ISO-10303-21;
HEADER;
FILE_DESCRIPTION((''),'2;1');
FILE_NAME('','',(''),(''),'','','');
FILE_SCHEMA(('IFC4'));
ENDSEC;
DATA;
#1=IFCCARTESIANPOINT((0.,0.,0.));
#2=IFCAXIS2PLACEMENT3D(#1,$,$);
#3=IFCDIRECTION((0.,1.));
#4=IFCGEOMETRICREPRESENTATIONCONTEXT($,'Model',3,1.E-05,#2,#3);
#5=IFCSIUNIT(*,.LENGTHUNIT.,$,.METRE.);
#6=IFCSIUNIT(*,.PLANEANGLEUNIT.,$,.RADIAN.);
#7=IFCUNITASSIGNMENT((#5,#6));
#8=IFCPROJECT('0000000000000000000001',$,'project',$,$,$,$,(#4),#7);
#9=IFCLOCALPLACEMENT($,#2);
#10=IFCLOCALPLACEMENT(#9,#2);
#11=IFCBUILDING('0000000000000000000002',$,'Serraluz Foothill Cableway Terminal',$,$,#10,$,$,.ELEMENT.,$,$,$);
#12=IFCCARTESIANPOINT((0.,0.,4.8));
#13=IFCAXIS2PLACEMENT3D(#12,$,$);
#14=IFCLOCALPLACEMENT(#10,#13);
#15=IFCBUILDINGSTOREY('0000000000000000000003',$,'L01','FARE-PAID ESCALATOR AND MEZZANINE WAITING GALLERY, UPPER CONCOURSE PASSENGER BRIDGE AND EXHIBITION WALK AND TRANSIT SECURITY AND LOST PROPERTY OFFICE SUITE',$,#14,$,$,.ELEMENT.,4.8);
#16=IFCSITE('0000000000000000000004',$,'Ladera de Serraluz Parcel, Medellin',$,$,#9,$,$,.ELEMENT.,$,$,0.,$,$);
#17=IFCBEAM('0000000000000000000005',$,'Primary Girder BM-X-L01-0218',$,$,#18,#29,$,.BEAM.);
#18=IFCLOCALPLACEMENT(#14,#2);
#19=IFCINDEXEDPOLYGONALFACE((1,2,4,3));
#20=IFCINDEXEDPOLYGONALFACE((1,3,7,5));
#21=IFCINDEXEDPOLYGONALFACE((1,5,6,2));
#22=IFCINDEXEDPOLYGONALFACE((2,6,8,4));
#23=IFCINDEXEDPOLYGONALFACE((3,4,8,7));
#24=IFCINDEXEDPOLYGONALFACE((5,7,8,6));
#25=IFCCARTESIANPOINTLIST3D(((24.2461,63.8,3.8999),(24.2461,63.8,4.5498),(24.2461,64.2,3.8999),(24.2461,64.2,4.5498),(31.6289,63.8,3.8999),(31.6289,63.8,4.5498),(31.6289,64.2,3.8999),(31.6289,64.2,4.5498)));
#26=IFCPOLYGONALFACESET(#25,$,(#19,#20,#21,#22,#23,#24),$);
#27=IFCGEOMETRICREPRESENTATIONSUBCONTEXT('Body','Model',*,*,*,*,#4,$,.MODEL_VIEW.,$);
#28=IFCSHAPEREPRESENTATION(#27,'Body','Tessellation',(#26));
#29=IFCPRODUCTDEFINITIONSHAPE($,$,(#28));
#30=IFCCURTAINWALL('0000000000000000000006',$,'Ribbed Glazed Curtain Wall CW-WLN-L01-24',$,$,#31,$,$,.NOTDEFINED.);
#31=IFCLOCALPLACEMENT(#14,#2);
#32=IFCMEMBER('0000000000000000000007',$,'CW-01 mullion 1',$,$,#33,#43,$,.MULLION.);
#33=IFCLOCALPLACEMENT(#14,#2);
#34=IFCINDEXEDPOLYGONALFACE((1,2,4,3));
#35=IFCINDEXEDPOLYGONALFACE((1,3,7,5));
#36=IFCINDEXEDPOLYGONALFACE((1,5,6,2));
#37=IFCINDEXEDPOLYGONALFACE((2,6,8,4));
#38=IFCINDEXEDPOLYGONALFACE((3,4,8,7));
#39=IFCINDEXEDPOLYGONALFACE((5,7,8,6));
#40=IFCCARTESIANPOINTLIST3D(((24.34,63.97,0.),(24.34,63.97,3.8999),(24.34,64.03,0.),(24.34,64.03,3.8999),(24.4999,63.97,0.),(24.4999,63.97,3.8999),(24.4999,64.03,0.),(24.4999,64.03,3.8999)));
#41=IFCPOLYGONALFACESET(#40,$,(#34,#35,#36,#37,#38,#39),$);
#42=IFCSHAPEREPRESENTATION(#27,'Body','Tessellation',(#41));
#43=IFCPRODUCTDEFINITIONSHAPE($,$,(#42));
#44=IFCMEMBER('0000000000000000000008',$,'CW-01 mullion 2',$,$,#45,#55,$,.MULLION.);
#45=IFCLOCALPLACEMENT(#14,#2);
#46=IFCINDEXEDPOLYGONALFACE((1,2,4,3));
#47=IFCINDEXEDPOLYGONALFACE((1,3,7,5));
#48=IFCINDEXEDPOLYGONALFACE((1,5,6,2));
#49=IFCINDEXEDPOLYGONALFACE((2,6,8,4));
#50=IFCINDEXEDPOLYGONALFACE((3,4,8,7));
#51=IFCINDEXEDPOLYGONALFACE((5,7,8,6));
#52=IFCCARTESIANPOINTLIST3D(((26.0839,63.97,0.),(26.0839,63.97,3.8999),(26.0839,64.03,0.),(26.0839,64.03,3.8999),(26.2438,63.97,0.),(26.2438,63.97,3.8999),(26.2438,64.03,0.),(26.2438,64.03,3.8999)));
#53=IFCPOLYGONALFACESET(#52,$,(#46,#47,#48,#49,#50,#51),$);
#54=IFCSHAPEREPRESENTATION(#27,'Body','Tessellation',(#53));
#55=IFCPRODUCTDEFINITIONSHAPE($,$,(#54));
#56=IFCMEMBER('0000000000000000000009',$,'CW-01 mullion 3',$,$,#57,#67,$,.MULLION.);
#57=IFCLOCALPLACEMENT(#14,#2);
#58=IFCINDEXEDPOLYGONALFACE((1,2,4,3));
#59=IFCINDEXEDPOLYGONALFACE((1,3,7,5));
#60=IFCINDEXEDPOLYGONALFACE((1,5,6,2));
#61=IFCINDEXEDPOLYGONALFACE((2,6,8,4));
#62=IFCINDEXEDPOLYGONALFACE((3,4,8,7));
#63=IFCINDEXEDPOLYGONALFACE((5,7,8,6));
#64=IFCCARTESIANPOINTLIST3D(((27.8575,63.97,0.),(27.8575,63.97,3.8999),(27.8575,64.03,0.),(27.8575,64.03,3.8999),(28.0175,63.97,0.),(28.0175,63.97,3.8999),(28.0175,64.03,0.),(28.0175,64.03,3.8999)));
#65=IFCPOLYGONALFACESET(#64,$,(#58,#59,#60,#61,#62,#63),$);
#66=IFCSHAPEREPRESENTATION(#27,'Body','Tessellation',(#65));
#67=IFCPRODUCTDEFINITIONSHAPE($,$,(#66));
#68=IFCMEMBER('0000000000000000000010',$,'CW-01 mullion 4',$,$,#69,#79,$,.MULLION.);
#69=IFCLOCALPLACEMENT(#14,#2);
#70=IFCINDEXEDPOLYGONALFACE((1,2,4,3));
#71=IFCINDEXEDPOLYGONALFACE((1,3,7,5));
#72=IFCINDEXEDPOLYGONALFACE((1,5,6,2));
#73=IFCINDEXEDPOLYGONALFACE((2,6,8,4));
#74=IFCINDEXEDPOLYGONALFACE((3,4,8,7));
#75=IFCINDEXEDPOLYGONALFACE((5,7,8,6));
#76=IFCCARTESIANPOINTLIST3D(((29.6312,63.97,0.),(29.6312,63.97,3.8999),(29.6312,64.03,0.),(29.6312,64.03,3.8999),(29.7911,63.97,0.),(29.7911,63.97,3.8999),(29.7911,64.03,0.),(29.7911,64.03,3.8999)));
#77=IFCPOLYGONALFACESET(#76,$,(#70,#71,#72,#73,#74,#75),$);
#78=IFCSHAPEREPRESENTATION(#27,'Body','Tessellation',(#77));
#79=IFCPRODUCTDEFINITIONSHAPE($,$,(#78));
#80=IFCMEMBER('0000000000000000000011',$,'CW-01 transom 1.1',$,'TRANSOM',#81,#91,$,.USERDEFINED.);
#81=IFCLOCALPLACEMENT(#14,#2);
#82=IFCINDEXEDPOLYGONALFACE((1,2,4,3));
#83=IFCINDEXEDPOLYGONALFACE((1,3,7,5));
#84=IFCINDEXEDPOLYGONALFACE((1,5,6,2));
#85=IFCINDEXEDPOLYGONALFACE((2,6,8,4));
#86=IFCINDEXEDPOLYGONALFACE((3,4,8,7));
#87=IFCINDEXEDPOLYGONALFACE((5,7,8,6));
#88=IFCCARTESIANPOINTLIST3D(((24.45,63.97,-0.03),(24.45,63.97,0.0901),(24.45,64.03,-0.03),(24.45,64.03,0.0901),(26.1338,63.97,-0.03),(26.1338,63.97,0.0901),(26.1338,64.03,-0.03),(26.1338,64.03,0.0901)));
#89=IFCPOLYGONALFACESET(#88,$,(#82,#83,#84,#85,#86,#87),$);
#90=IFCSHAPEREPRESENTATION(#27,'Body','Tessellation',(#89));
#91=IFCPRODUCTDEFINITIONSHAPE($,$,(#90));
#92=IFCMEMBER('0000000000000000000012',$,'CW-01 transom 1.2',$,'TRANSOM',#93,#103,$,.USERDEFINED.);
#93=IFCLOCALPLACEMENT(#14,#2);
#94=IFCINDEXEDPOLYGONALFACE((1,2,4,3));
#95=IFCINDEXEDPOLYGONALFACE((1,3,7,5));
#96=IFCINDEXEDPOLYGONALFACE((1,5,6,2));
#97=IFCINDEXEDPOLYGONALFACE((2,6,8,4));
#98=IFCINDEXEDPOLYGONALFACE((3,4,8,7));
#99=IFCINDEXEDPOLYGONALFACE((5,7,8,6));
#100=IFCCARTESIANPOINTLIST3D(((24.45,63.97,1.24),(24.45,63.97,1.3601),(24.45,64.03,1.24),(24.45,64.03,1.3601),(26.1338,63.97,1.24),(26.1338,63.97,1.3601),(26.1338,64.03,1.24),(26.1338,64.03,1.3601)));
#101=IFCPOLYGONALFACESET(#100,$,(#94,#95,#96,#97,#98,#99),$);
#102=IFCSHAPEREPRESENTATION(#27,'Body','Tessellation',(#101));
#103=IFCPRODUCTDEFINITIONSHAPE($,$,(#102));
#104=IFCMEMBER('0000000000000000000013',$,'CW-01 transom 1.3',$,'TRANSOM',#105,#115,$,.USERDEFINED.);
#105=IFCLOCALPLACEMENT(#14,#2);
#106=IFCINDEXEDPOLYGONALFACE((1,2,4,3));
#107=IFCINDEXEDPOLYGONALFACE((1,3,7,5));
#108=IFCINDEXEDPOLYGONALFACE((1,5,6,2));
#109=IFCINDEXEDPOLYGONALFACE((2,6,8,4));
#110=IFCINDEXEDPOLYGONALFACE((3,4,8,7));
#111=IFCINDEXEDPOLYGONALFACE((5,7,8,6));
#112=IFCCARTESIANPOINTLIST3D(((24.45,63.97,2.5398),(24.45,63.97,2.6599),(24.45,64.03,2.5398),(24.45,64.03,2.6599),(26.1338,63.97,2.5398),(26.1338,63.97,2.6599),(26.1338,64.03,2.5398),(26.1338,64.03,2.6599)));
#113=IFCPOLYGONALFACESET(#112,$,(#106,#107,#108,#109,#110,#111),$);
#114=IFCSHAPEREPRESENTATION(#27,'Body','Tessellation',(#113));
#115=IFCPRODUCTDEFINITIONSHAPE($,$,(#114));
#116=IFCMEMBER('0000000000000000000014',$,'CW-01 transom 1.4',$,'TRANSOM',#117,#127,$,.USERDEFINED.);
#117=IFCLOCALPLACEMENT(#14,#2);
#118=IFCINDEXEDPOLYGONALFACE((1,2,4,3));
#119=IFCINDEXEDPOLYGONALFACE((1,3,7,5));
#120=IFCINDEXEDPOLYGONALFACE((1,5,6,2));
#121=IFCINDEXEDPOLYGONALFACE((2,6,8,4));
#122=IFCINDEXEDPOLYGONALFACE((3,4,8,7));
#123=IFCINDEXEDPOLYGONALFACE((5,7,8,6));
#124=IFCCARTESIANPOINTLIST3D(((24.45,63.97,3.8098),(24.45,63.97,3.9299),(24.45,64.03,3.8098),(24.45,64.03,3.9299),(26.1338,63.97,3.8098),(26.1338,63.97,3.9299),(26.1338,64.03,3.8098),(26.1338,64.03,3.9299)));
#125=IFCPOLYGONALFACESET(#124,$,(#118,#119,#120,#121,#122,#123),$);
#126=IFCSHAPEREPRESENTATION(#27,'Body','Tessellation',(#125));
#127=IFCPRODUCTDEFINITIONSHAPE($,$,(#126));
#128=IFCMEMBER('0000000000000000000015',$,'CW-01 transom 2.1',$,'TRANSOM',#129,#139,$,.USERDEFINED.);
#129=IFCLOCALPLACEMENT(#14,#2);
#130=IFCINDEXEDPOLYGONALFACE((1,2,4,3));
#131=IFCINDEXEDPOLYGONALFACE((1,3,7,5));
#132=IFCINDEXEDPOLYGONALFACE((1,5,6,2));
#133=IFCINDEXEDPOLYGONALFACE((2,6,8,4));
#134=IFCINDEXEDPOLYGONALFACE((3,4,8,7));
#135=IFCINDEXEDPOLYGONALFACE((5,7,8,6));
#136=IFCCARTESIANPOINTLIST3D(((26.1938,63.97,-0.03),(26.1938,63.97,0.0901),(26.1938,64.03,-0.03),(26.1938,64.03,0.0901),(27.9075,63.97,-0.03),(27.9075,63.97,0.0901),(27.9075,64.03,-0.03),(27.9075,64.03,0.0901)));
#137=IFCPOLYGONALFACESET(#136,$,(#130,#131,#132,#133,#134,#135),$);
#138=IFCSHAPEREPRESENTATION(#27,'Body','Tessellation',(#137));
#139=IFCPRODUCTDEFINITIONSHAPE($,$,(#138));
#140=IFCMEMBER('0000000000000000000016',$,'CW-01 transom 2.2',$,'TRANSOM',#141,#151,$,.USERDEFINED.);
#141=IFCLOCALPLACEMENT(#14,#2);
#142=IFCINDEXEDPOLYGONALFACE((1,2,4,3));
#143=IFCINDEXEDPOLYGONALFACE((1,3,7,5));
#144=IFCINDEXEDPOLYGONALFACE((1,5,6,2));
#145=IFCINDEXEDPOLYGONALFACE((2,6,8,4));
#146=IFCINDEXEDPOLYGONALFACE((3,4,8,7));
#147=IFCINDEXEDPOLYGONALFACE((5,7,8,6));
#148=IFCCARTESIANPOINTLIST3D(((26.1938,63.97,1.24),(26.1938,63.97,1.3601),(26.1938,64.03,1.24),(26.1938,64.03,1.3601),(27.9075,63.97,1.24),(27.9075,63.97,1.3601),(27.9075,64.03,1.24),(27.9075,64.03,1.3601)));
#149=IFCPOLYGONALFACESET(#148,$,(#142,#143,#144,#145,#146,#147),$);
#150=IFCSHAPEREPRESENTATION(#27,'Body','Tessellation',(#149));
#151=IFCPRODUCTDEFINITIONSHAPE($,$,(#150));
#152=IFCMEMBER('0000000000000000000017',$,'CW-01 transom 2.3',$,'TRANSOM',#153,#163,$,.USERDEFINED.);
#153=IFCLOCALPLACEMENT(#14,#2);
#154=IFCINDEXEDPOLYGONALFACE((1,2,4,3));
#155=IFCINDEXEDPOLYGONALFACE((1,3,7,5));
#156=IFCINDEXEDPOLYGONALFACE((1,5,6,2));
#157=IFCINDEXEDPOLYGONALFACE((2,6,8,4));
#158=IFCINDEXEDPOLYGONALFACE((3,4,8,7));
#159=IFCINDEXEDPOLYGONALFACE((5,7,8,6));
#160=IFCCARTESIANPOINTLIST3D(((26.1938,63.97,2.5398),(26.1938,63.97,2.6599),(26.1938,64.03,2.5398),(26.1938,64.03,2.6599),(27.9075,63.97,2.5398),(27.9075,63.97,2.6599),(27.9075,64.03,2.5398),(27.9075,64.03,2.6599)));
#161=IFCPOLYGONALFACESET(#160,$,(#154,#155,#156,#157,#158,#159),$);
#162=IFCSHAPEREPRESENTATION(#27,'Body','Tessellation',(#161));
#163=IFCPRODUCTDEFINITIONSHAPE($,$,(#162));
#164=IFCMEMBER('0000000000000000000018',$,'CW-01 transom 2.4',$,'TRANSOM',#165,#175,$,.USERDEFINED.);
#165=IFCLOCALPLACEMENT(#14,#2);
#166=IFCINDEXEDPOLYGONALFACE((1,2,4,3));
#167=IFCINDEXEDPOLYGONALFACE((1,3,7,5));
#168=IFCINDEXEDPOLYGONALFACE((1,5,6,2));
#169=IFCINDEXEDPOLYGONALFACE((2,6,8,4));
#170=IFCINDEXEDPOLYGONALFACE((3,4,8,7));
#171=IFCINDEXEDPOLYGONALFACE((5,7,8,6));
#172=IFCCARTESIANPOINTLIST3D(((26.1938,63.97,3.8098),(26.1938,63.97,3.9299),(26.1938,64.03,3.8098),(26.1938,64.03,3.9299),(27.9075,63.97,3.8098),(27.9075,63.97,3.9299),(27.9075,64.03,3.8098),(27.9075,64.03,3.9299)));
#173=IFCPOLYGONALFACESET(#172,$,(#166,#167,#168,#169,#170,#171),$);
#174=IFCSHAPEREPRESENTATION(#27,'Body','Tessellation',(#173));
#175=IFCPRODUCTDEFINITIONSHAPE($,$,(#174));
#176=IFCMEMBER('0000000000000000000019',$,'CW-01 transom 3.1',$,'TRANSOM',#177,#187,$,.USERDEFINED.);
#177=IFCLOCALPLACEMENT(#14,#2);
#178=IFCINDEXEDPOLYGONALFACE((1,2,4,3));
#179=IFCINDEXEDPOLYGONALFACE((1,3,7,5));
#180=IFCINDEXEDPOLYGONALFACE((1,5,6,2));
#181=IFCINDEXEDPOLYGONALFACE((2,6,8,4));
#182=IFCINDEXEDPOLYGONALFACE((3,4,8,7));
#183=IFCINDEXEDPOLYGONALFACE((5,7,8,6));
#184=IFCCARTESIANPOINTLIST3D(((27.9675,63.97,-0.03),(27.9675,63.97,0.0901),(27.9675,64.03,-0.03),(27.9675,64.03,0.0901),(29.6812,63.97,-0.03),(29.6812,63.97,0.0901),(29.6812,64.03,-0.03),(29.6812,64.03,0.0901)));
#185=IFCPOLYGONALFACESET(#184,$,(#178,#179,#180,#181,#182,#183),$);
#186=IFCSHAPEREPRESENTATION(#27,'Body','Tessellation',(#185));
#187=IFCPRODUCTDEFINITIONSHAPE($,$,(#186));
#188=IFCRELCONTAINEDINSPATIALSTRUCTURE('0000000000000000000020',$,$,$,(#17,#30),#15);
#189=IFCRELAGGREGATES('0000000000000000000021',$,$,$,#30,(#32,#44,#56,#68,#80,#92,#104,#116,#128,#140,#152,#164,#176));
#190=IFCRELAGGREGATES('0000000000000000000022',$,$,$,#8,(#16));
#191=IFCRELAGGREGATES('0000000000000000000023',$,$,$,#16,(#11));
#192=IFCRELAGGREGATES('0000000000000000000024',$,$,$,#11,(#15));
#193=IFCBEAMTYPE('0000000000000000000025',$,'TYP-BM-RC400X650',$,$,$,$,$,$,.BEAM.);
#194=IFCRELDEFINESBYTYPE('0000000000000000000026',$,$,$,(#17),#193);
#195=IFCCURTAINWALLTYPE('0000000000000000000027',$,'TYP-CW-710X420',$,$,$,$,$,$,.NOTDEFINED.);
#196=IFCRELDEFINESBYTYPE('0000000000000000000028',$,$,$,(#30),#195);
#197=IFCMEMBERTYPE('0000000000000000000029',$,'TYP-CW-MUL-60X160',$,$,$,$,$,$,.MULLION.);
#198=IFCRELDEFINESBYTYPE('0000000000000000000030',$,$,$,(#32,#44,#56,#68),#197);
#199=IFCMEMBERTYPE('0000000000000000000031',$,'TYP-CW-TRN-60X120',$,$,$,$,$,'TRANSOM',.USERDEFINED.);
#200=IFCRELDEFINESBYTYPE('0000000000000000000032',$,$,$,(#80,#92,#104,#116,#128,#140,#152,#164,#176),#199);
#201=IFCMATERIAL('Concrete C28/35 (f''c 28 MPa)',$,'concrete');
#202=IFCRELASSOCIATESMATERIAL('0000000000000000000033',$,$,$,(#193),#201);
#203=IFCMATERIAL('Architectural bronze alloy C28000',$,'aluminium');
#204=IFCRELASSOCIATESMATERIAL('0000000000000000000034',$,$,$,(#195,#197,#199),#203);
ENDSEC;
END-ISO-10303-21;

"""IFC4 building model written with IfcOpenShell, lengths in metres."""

from ifc_helpers import new_model, si_unit, direction, frame, origin, origin_2d, place, context, subcontext, project, spatial, rectangle, extrude, material, material_profile, profile_set, type_object, element, aggregate, save


model = new_model("IFC4")

# Units and contexts
model_context = context("Model", 3, precision=1e-05, world=origin(), true_north=direction((0.0, 1.0)))
body_context = subcontext(model_context, "Body", "Model", "MODEL_VIEW")
ifc_project = project(units=[si_unit("LENGTHUNIT", "METRE"), si_unit("PLANEANGLEUNIT", "RADIAN")], contexts=[model_context])

# Site, building, storey
site_placement = place(None, origin())
site = spatial("IfcSite", under=ifc_project, at=site_placement, Name="Ladera de Serraluz Parcel, Medellin", CompositionType="ELEMENT", RefElevation=0.0)
building_placement = place(site_placement, origin())
building = spatial("IfcBuilding", under=site, at=building_placement, Name="Serraluz Foothill Cableway Terminal", CompositionType="ELEMENT")
storey_placement = place(building_placement, frame((0.0, 0.0, 4.8)))
storey = spatial("IfcBuildingStorey", under=building, at=storey_placement, Name="L01", Description="FARE-PAID ESCALATOR AND MEZZANINE WAITING GALLERY, UPPER CONCOURSE PASSENGER BRIDGE AND EXHIBITION WALK AND TRANSIT SECURITY AND LOST PROPERTY OFFICE SUITE", CompositionType="ELEMENT", Elevation=4.8)

# Beam
ifc_material_1 = material(Name="Concrete C28/35 (f'c 28 MPa)", Category="concrete")
ifc_material_profile_1 = material_profile(ifc_material_1, rectangle(XDim=0.3999, YDim=0.6499, at=origin_2d()), Name="RC 400x650")
ifc_profile_set_1 = profile_set([ifc_material_profile_1], Name="Concrete C28/35 (f'c 28 MPa)")
beam_type_1 = type_object("IfcBeamType", Name="TYP-BM-RC400X650", PredefinedType="BEAM", material=ifc_profile_set_1)
beam_1_placement = place(storey_placement, frame((24.2461, 64.0, 4.2249), z_axis=(1.0, 0.0, 0.0), x_axis=(0.0, 1.0, 0.0)))
element("IfcBeam", 1, at=beam_1_placement, inside=storey, type_object=beam_type_1, Name="Primary Girder BM-X-L01-0218", PredefinedType="BEAM", context=body_context, shape_type="SweptSolid", body=[
    extrude(rectangle(XDim=0.3999, YDim=0.6499, at=origin_2d()), origin(), (0.0, 0.0, 1.0), 7.3828),
])

# Curtain wall, members
ifc_material_2 = material(Name="Architectural bronze alloy C28000", Category="aluminium")
curtain_wall_type = type_object("IfcCurtainWallType", Name="TYP-CW-710X420", PredefinedType="NOTDEFINED", material=ifc_material_2)
curtain_wall_placement = place(storey_placement, origin())
curtain_wall = element("IfcCurtainWall", 2, at=curtain_wall_placement, inside=storey, type_object=curtain_wall_type, Name="Ribbed Glazed Curtain Wall CW-WLN-L01-24", PredefinedType="NOTDEFINED")
ifc_material_profile_2 = material_profile(ifc_material_2, rectangle(XDim=0.0601, YDim=0.1599, at=origin_2d()), Name="ALU MULLION 60x160")
ifc_profile_set_2 = profile_set([ifc_material_profile_2], Name="Architectural bronze alloy C28000")
member_type_1 = type_object("IfcMemberType", Name="TYP-CW-MUL-60X160", PredefinedType="MULLION", material=ifc_profile_set_2)
member_1_placement = place(storey_placement, frame((24.4199, 64.0, 0.0), z_axis=(0.0, 0.0, 1.0), x_axis=(0.0, 1.0, 0.0)))
member_1 = element("IfcMember", 3, at=member_1_placement, type_object=member_type_1, Name="CW-01 mullion 1", PredefinedType="MULLION", context=body_context, shape_type="SweptSolid", body=[
    extrude(rectangle(XDim=0.0601, YDim=0.1599, at=origin_2d()), origin(), (0.0, 0.0, 1.0), 3.8999),
])
member_2_placement = place(storey_placement, frame((26.1638, 64.0, 0.0), z_axis=(0.0, 0.0, 1.0), x_axis=(0.0, 1.0, 0.0)))
member_2 = element("IfcMember", 4, at=member_2_placement, type_object=member_type_1, Name="CW-01 mullion 2", PredefinedType="MULLION", context=body_context, shape_type="SweptSolid", body=[
    extrude(rectangle(XDim=0.0601, YDim=0.1599, at=origin_2d()), origin(), (0.0, 0.0, 1.0), 3.8999),
])
member_3_placement = place(storey_placement, frame((27.9375, 64.0, 0.0), z_axis=(0.0, 0.0, 1.0), x_axis=(0.0, 1.0, 0.0)))
member_3 = element("IfcMember", 5, at=member_3_placement, type_object=member_type_1, Name="CW-01 mullion 3", PredefinedType="MULLION", context=body_context, shape_type="SweptSolid", body=[
    extrude(rectangle(XDim=0.0601, YDim=0.1599, at=origin_2d()), origin(), (0.0, 0.0, 1.0), 3.8999),
])
member_4_placement = place(storey_placement, frame((29.7112, 64.0, 0.0), z_axis=(0.0, 0.0, 1.0), x_axis=(0.0, 1.0, 0.0)))
member_4 = element("IfcMember", 6, at=member_4_placement, type_object=member_type_1, Name="CW-01 mullion 4", PredefinedType="MULLION", context=body_context, shape_type="SweptSolid", body=[
    extrude(rectangle(XDim=0.0601, YDim=0.1599, at=origin_2d()), origin(), (0.0, 0.0, 1.0), 3.8999),
])
ifc_material_profile_3 = material_profile(ifc_material_2, rectangle(XDim=0.0601, YDim=0.1201, at=origin_2d()), Name="ALU TRANSOM 60x120")
ifc_profile_set_3 = profile_set([ifc_material_profile_3], Name="Architectural bronze alloy C28000")
member_type_2 = type_object("IfcMemberType", Name="TYP-CW-TRN-60X120", ElementType="TRANSOM", PredefinedType="USERDEFINED", material=ifc_profile_set_3)
member_5_placement = place(storey_placement, frame((24.45, 64.0, 0.03), z_axis=(1.0, 0.0, 0.0), x_axis=(0.0, 1.0, 0.0)))
member_5 = element("IfcMember", 7, at=member_5_placement, type_object=member_type_2, Name="CW-01 transom 1.1", ObjectType="TRANSOM", PredefinedType="USERDEFINED", context=body_context, shape_type="SweptSolid", body=[
    extrude(rectangle(XDim=0.0601, YDim=0.1201, at=origin_2d()), origin(), (0.0, 0.0, 1.0), 1.6838),
])
member_6_placement = place(storey_placement, frame((24.45, 64.0, 1.3), z_axis=(1.0, 0.0, 0.0), x_axis=(0.0, 1.0, 0.0)))
member_6 = element("IfcMember", 8, at=member_6_placement, type_object=member_type_2, Name="CW-01 transom 1.2", ObjectType="TRANSOM", PredefinedType="USERDEFINED", context=body_context, shape_type="SweptSolid", body=[
    extrude(rectangle(XDim=0.0601, YDim=0.1201, at=origin_2d()), origin(), (0.0, 0.0, 1.0), 1.6838),
])
member_7_placement = place(storey_placement, frame((24.45, 64.0, 2.5999), z_axis=(1.0, 0.0, 0.0), x_axis=(0.0, 1.0, 0.0)))
member_7 = element("IfcMember", 9, at=member_7_placement, type_object=member_type_2, Name="CW-01 transom 1.3", ObjectType="TRANSOM", PredefinedType="USERDEFINED", context=body_context, shape_type="SweptSolid", body=[
    extrude(rectangle(XDim=0.0601, YDim=0.1201, at=origin_2d()), origin(), (0.0, 0.0, 1.0), 1.6838),
])
member_8_placement = place(storey_placement, frame((24.45, 64.0, 3.8699), z_axis=(1.0, 0.0, 0.0), x_axis=(0.0, 1.0, 0.0)))
member_8 = element("IfcMember", 10, at=member_8_placement, type_object=member_type_2, Name="CW-01 transom 1.4", ObjectType="TRANSOM", PredefinedType="USERDEFINED", context=body_context, shape_type="SweptSolid", body=[
    extrude(rectangle(XDim=0.0601, YDim=0.1201, at=origin_2d()), origin(), (0.0, 0.0, 1.0), 1.6838),
])
member_9_placement = place(storey_placement, frame((26.1938, 64.0, 0.03), z_axis=(1.0, 0.0, 0.0), x_axis=(0.0, 1.0, 0.0)))
member_9 = element("IfcMember", 11, at=member_9_placement, type_object=member_type_2, Name="CW-01 transom 2.1", ObjectType="TRANSOM", PredefinedType="USERDEFINED", context=body_context, shape_type="SweptSolid", body=[
    extrude(rectangle(XDim=0.0601, YDim=0.1201, at=origin_2d()), origin(), (0.0, 0.0, 1.0), 1.7136),
])
member_10_placement = place(storey_placement, frame((26.1938, 64.0, 1.3), z_axis=(1.0, 0.0, 0.0), x_axis=(0.0, 1.0, 0.0)))
member_10 = element("IfcMember", 12, at=member_10_placement, type_object=member_type_2, Name="CW-01 transom 2.2", ObjectType="TRANSOM", PredefinedType="USERDEFINED", context=body_context, shape_type="SweptSolid", body=[
    extrude(rectangle(XDim=0.0601, YDim=0.1201, at=origin_2d()), origin(), (0.0, 0.0, 1.0), 1.7136),
])
member_11_placement = place(storey_placement, frame((26.1938, 64.0, 2.5999), z_axis=(1.0, 0.0, 0.0), x_axis=(0.0, 1.0, 0.0)))
member_11 = element("IfcMember", 13, at=member_11_placement, type_object=member_type_2, Name="CW-01 transom 2.3", ObjectType="TRANSOM", PredefinedType="USERDEFINED", context=body_context, shape_type="SweptSolid", body=[
    extrude(rectangle(XDim=0.0601, YDim=0.1201, at=origin_2d()), origin(), (0.0, 0.0, 1.0), 1.7136),
])
member_12_placement = place(storey_placement, frame((26.1938, 64.0, 3.8699), z_axis=(1.0, 0.0, 0.0), x_axis=(0.0, 1.0, 0.0)))
member_12 = element("IfcMember", 14, at=member_12_placement, type_object=member_type_2, Name="CW-01 transom 2.4", ObjectType="TRANSOM", PredefinedType="USERDEFINED", context=body_context, shape_type="SweptSolid", body=[
    extrude(rectangle(XDim=0.0601, YDim=0.1201, at=origin_2d()), origin(), (0.0, 0.0, 1.0), 1.7136),
])
member_13_placement = place(storey_placement, frame((27.9675, 64.0, 0.03), z_axis=(1.0, 0.0, 0.0), x_axis=(0.0, 1.0, 0.0)))
member_13 = element("IfcMember", 15, at=member_13_placement, type_object=member_type_2, Name="CW-01 transom 3.1", ObjectType="TRANSOM", PredefinedType="USERDEFINED", context=body_context, shape_type="SweptSolid", body=[
    extrude(rectangle(XDim=0.0601, YDim=0.1201, at=origin_2d()), origin(), (0.0, 0.0, 1.0), 1.7136),
])

aggregate(curtain_wall, [member_1, member_2, member_3, member_4, member_5, member_6, member_7, member_8, member_9, member_10, member_11, member_12, member_13])

save(model, "model.ifc")
